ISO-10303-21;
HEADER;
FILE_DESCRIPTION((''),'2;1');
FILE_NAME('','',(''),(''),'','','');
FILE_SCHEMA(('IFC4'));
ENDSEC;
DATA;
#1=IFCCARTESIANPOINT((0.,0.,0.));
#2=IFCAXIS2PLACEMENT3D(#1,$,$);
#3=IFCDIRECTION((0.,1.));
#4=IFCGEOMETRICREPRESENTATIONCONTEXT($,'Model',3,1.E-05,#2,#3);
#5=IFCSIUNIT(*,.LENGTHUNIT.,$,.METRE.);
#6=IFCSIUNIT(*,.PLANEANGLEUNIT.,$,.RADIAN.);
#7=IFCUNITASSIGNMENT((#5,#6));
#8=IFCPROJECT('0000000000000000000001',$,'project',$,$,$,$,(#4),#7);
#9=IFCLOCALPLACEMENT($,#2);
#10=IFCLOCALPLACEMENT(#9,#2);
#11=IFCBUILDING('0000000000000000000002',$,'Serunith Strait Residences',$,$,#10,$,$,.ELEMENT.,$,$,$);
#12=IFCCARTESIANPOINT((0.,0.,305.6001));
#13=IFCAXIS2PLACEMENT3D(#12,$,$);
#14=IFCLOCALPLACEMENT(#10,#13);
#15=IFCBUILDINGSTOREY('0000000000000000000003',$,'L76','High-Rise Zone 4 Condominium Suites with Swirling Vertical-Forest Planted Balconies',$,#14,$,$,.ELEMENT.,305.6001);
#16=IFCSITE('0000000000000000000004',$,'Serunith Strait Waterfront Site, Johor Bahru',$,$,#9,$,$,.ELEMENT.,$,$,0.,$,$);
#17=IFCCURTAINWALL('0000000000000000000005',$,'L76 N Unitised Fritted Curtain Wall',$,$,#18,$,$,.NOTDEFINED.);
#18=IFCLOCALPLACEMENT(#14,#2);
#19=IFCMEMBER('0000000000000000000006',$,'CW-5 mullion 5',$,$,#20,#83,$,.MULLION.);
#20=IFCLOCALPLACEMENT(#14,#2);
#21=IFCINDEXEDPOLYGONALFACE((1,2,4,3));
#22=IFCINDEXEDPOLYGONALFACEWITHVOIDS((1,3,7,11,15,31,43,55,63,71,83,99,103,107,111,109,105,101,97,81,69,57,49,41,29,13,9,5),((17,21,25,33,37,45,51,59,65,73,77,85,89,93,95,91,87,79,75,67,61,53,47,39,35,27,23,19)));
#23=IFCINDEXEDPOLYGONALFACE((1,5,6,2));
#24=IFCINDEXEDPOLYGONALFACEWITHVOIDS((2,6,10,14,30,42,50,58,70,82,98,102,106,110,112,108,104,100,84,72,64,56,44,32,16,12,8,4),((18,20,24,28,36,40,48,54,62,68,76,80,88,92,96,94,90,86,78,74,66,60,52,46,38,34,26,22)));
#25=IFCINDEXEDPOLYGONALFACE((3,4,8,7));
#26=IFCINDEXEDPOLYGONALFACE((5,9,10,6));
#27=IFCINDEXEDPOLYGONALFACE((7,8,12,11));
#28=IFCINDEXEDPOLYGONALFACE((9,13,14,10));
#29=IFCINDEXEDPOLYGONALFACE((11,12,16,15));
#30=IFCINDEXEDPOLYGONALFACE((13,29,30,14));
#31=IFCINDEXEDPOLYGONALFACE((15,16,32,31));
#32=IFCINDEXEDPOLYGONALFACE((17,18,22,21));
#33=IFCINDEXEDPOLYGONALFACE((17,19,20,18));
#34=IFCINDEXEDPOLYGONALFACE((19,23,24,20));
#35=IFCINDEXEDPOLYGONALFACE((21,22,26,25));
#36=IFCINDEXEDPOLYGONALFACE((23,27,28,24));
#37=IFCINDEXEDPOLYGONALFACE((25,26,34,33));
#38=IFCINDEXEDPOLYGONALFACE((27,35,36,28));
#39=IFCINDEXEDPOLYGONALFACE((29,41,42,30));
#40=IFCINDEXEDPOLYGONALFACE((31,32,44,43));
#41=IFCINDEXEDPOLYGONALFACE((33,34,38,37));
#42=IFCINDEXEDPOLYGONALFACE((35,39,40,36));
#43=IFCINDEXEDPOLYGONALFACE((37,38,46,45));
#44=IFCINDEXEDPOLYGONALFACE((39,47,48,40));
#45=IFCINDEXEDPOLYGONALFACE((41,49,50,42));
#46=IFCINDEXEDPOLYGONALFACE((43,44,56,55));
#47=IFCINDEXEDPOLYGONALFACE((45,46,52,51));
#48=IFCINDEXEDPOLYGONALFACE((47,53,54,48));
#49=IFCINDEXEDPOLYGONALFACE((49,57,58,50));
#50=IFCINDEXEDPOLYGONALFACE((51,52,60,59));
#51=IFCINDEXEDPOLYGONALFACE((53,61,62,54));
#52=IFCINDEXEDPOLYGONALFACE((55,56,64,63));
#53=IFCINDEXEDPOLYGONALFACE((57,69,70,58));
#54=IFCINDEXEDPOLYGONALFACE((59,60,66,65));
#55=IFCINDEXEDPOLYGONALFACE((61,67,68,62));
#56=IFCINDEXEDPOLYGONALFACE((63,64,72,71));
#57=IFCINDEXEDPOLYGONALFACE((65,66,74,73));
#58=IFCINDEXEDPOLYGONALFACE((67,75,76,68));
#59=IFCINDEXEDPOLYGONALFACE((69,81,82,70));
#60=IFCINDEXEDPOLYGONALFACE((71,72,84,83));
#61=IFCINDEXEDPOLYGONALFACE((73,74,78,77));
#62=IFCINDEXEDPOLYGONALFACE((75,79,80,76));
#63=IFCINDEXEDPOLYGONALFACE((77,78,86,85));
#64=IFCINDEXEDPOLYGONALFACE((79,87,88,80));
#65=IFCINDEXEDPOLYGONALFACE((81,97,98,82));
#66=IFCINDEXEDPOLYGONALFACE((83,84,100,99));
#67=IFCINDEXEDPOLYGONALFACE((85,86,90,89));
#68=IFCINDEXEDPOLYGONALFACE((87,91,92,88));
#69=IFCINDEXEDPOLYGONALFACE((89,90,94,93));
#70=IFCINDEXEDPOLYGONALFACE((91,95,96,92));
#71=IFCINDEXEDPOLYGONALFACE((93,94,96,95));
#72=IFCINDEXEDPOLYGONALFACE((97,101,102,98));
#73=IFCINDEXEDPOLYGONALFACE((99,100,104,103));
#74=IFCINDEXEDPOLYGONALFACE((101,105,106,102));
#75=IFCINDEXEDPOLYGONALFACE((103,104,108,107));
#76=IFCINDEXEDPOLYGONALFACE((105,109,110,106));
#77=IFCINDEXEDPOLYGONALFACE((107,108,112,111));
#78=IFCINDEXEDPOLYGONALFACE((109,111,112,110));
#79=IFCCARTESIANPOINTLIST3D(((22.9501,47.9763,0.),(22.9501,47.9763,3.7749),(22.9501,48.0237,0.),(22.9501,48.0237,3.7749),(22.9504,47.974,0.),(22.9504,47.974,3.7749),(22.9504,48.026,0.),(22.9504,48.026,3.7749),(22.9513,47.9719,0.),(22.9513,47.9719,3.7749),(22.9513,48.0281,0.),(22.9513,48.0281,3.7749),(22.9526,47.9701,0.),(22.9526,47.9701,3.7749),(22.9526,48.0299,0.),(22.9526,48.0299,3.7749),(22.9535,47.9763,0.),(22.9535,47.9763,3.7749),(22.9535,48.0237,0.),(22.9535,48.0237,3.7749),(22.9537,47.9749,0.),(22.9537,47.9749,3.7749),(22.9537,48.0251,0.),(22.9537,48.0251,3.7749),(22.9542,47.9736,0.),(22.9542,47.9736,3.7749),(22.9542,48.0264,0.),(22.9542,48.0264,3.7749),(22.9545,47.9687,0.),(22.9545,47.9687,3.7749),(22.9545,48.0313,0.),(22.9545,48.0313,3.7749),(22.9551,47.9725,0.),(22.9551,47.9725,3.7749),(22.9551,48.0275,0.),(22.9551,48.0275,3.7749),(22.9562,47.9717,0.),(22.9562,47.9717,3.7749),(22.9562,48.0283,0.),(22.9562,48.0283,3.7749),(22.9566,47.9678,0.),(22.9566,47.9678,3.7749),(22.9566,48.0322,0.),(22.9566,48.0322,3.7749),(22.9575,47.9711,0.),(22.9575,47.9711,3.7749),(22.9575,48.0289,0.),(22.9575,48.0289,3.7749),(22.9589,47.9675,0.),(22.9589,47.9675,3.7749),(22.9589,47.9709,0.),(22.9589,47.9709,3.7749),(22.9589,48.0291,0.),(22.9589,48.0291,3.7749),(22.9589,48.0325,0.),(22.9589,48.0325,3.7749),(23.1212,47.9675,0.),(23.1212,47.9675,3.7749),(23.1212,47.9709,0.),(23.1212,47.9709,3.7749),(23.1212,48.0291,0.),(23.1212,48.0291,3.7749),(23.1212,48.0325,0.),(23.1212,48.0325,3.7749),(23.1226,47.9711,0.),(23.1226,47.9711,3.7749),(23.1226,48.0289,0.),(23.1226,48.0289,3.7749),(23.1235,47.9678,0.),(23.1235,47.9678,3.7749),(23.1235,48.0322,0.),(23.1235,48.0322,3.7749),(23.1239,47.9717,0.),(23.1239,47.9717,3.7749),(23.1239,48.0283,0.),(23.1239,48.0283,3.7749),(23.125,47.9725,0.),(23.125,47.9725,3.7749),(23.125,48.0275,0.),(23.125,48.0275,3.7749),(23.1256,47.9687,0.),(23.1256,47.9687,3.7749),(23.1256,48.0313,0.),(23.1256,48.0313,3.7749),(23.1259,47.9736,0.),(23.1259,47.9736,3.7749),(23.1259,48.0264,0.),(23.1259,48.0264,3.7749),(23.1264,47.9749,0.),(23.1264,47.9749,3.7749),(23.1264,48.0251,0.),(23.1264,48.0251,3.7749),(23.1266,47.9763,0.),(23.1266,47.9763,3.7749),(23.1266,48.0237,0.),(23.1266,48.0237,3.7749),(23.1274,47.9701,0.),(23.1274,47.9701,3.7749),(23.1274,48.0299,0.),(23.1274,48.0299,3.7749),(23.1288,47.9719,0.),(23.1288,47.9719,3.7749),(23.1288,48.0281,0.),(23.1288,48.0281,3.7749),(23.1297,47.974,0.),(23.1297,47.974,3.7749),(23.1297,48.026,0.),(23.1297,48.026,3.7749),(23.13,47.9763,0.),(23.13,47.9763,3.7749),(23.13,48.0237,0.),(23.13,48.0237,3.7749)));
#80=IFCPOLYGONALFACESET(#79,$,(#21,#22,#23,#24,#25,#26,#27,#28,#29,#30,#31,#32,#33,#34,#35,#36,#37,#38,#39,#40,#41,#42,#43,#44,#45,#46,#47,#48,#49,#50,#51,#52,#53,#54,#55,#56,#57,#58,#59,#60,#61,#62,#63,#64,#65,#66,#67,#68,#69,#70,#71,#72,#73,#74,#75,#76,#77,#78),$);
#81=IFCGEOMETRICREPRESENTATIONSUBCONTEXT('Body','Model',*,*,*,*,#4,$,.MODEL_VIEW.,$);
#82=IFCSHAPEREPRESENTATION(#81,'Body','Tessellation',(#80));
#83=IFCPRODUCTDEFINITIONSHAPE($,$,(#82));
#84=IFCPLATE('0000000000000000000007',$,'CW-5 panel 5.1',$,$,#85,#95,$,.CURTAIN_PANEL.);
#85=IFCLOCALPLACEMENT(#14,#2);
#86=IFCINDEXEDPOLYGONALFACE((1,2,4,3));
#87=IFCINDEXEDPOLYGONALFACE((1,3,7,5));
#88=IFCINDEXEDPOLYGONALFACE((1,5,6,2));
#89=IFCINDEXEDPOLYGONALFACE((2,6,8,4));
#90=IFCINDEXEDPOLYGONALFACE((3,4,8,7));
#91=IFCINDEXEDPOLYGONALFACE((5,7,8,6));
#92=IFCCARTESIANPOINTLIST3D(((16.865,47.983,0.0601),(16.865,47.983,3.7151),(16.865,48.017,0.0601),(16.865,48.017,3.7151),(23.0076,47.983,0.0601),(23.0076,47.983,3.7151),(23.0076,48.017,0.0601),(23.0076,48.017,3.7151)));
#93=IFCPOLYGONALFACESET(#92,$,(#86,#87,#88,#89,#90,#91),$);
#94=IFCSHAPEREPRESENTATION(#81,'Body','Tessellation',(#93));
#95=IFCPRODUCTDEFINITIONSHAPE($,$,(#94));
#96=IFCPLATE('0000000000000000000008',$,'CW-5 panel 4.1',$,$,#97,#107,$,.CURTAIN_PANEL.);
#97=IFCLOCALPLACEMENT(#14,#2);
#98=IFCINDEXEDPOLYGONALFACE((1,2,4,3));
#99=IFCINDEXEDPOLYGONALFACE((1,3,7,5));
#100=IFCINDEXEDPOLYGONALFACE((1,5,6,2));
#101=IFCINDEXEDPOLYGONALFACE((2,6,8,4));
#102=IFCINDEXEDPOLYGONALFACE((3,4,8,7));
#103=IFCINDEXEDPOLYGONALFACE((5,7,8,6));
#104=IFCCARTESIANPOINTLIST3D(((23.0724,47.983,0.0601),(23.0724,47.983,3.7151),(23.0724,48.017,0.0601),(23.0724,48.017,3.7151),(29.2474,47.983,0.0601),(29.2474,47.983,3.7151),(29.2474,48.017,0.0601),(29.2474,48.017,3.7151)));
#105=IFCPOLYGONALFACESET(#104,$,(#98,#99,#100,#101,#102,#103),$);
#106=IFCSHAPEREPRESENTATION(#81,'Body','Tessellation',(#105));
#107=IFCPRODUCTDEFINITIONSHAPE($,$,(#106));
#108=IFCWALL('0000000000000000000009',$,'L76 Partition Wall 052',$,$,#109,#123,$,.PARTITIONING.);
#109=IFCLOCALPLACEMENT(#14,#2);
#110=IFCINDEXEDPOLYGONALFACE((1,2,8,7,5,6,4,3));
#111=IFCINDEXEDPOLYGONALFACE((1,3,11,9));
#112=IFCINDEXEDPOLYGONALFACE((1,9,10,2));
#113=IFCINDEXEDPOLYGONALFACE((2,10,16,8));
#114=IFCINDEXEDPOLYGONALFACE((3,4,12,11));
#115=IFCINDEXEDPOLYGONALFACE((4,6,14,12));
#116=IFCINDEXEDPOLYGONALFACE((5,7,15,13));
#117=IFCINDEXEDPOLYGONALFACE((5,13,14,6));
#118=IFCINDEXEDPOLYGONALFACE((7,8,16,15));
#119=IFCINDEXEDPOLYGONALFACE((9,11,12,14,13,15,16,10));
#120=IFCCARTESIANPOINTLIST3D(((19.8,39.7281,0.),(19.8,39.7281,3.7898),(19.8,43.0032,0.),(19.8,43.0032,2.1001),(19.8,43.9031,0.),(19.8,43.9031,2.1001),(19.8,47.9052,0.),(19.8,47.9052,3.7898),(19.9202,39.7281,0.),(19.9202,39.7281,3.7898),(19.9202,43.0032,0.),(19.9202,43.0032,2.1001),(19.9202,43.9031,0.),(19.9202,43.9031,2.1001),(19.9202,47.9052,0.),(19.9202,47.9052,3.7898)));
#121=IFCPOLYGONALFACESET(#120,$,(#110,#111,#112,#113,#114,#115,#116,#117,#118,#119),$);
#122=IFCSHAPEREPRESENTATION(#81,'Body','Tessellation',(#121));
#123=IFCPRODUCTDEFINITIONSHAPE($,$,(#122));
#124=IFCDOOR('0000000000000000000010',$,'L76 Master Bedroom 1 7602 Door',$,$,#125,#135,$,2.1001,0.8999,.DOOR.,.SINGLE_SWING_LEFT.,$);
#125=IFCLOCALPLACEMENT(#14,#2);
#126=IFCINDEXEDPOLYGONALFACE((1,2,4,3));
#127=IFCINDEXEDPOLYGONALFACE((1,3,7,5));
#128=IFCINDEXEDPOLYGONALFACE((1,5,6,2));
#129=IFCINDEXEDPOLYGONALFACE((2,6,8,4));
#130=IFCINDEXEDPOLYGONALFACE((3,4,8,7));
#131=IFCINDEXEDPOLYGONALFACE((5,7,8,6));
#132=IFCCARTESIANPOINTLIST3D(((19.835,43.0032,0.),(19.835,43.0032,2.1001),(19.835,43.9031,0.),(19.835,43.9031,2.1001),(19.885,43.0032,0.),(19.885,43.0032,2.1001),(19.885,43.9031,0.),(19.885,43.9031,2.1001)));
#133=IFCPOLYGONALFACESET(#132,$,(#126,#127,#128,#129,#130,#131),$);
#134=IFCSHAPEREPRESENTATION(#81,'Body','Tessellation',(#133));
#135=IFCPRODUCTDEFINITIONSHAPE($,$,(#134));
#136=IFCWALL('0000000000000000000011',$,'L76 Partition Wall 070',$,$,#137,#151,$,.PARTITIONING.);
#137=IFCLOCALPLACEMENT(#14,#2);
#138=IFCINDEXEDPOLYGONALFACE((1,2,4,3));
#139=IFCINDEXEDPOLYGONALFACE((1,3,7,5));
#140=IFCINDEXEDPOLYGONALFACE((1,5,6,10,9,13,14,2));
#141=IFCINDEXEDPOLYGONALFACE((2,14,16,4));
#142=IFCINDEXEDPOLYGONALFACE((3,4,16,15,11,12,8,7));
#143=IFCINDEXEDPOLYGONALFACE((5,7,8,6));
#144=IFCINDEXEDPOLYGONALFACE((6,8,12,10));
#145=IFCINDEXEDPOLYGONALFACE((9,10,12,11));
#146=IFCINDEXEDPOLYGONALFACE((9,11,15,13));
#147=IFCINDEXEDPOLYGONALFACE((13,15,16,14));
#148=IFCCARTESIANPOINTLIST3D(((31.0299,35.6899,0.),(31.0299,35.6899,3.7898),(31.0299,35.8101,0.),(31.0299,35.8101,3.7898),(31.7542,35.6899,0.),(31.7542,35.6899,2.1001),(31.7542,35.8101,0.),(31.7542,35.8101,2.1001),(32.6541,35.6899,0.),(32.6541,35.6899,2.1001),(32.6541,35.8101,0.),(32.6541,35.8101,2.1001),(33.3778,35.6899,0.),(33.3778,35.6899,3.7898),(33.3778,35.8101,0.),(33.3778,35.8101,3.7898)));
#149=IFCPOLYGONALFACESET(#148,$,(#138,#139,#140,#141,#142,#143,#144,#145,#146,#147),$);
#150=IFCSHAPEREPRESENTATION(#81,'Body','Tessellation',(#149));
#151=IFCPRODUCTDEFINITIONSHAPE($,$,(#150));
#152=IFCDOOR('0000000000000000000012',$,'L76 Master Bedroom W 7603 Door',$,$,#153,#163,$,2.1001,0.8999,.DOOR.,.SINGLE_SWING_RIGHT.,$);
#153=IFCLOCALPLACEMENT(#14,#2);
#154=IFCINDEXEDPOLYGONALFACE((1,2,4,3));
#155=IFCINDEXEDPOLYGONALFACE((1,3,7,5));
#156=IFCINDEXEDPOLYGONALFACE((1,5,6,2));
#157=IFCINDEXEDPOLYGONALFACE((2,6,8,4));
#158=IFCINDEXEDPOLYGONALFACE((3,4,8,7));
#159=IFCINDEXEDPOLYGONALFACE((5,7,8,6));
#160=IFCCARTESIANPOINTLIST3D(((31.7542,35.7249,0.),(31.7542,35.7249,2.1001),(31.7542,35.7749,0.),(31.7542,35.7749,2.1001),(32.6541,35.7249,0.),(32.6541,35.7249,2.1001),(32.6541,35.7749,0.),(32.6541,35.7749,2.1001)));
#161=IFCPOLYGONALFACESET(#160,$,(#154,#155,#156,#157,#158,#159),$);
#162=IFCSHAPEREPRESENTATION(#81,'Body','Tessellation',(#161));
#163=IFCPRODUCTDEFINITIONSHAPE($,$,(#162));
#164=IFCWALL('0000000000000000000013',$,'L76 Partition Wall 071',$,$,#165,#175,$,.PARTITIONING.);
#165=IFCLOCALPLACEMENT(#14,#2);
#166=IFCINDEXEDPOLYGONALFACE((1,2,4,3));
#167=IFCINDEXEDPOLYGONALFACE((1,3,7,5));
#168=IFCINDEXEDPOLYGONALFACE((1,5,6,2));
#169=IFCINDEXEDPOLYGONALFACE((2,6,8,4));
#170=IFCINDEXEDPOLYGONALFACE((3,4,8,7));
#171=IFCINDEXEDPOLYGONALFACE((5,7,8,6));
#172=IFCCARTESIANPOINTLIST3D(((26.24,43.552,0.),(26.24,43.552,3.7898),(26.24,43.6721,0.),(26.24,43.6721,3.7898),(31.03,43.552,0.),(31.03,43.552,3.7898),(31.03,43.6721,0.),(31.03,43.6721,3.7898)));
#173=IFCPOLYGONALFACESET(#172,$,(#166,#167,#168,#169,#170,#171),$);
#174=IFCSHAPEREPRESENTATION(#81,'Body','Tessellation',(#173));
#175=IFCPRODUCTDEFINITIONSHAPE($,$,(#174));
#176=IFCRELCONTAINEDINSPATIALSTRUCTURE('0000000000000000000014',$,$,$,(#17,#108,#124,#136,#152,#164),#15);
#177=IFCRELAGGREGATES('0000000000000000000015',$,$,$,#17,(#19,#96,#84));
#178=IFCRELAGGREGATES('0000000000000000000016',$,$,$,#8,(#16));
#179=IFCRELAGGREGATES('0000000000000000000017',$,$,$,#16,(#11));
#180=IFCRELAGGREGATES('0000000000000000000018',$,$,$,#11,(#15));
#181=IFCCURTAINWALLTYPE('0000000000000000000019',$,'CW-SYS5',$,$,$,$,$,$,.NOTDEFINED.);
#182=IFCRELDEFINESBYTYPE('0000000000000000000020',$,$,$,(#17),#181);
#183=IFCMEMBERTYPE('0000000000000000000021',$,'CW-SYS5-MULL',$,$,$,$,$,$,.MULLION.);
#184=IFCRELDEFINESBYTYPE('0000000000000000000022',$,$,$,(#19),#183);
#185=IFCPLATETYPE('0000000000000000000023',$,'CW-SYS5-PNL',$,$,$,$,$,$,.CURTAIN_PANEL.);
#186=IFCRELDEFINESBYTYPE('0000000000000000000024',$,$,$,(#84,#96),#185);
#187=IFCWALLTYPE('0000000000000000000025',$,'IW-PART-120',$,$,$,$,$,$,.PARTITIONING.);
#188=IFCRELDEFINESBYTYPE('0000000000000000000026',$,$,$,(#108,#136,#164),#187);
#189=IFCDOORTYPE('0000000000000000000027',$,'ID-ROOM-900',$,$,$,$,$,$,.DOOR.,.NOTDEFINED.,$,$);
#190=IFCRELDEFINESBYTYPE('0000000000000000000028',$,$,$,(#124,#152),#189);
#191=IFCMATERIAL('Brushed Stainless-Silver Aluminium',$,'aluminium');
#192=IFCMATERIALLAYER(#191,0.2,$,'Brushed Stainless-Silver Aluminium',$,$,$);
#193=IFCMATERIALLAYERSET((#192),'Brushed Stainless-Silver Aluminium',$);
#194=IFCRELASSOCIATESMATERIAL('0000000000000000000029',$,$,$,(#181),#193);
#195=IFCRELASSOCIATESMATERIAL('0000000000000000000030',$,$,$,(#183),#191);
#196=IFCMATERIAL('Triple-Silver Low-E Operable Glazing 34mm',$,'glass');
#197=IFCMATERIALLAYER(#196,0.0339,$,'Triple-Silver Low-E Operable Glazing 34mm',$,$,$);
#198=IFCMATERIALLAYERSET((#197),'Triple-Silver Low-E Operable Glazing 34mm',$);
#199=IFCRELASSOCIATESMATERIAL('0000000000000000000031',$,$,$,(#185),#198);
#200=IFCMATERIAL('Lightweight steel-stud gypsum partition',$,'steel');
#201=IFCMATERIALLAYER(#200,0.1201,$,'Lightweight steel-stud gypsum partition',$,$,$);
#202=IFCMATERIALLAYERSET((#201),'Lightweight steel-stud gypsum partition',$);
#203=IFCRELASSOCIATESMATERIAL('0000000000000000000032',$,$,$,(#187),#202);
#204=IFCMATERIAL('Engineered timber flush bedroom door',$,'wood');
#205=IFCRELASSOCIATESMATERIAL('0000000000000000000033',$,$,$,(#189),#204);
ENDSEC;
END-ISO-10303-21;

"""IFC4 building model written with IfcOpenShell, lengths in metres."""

from ifc_helpers import new_model, si_unit, direction, frame, frame_2d, origin, origin_2d, place, context, subcontext, project, spatial, rectangle, hollow_rectangle, extrude, source, transform, mapped, material, layer, layer_set, material_profile, profile_set, type_object, element, fill, aggregate, save


model = new_model("IFC4")

# Units and contexts
model_context = context("Model", 3, precision=1e-05, world=origin(), true_north=direction((0.0, 1.0)))
body_context = subcontext(model_context, "Body", "Model", "MODEL_VIEW")
ifc_project = project(units=[si_unit("LENGTHUNIT", "METRE"), si_unit("PLANEANGLEUNIT", "RADIAN")], contexts=[model_context])

# Site, building, storey
site_placement = place(None, origin())
site = spatial("IfcSite", under=ifc_project, at=site_placement, Name="Serunith Strait Waterfront Site, Johor Bahru", CompositionType="ELEMENT", RefElevation=0.0)
building_placement = place(site_placement, origin())
building = spatial("IfcBuilding", under=site, at=building_placement, Name="Serunith Strait Residences", CompositionType="ELEMENT")
storey_placement = place(building_placement, frame((0.0, 0.0, 305.6001)))
storey = spatial("IfcBuildingStorey", under=building, at=storey_placement, Name="L76", Description="High-Rise Zone 4 Condominium Suites with Swirling Vertical-Forest Planted Balconies", CompositionType="ELEMENT", Elevation=305.6001)

# Curtain wall, member, plates
ifc_material_1 = material(Name="Brushed Stainless-Silver Aluminium", Category="aluminium")
ifc_layer_1 = layer(ifc_material_1, 0.2, Name="Brushed Stainless-Silver Aluminium")
ifc_layer_set_1 = layer_set([ifc_layer_1], Name="Brushed Stainless-Silver Aluminium")
curtain_wall_type = type_object("IfcCurtainWallType", Name="CW-SYS5", PredefinedType="NOTDEFINED", material=ifc_layer_set_1)
curtain_wall_placement = place(storey_placement, origin())
curtain_wall = element("IfcCurtainWall", 1, at=curtain_wall_placement, inside=storey, type_object=curtain_wall_type, Name="L76 N Unitised Fritted Curtain Wall", PredefinedType="NOTDEFINED")
ifc_material_profile_1 = material_profile(ifc_material_1, hollow_rectangle(XDim=0.0649, YDim=0.1799, WallThickness=0.0034, InnerFilletRadius=0.0054, OuterFilletRadius=0.0088, at=origin_2d()), Name="ALU 180x65x3.5")
ifc_profile_set_1 = profile_set([ifc_material_profile_1], Name="Brushed Stainless-Silver Aluminium")
member_type_1 = type_object("IfcMemberType", Name="CW-SYS5-MULL", PredefinedType="MULLION", material=ifc_profile_set_1)
shared_shape_1 = source(origin(), body_context, "Body", "SweptSolid", [
    extrude(hollow_rectangle(XDim=0.0649, YDim=0.1799, WallThickness=0.0034, InnerFilletRadius=0.0054, OuterFilletRadius=0.0088, at=origin_2d()), origin(), (0.0, 0.0, 1.0), 3.7749),
])
member_1_placement = place(storey_placement, frame((23.04, 48.0, 0.0), z_axis=(0.0, 0.0, 1.0), x_axis=(0.0, -1.0, 0.0)))
member_1 = element("IfcMember", 2, at=member_1_placement, type_object=member_type_1, Name="CW-5 mullion 5", PredefinedType="MULLION", context=body_context, shape_type="MappedRepresentation", body=[
    mapped(shared_shape_1, transform((0.0, 0.0, 0.0), scale=1.0)),
])
ifc_material_2 = material(Name="Triple-Silver Low-E Operable Glazing 34mm", Category="glass")
ifc_layer_2 = layer(ifc_material_2, 0.0339, Name="Triple-Silver Low-E Operable Glazing 34mm")
ifc_layer_set_2 = layer_set([ifc_layer_2], Name="Triple-Silver Low-E Operable Glazing 34mm")
plate_type = type_object("IfcPlateType", Name="CW-SYS5-PNL", PredefinedType="CURTAIN_PANEL", material=ifc_layer_set_2)
shared_shape_2 = source(origin(), body_context, "Body", "SweptSolid", [
    extrude(rectangle(XDim=6.1426, YDim=0.0339, at=origin_2d()), origin(), (0.0, 0.0, 1.0), 3.655),
])
plate_1_placement = place(storey_placement, frame((19.9363, 48.0, 0.0601), z_axis=(0.0, 0.0, 1.0), x_axis=(-1.0, 0.0, 0.0)))
plate_1 = element("IfcPlate", 3, at=plate_1_placement, type_object=plate_type, Name="CW-5 panel 5.1", PredefinedType="CURTAIN_PANEL", context=body_context, shape_type="MappedRepresentation", body=[
    mapped(shared_shape_2, transform((0.0, 0.0, 0.0), scale=1.0)),
])
shared_shape_3 = source(origin(), body_context, "Body", "SweptSolid", [
    extrude(rectangle(XDim=6.175, YDim=0.0339, at=origin_2d()), origin(), (0.0, 0.0, 1.0), 3.655),
])
plate_2_placement = place(storey_placement, frame((26.1599, 48.0, 0.0601), z_axis=(0.0, 0.0, 1.0), x_axis=(-1.0, 0.0, 0.0)))
plate_2 = element("IfcPlate", 4, at=plate_2_placement, type_object=plate_type, Name="CW-5 panel 4.1", PredefinedType="CURTAIN_PANEL", context=body_context, shape_type="MappedRepresentation", body=[
    mapped(shared_shape_3, transform((0.0, 0.0, 0.0), scale=1.0)),
])
aggregate(curtain_wall, [member_1, plate_2, plate_1])

# Walls, openings, doors
ifc_material_3 = material(Name="Lightweight steel-stud gypsum partition", Category="steel")
ifc_layer_3 = layer(ifc_material_3, 0.1201, Name="Lightweight steel-stud gypsum partition")
ifc_layer_set_3 = layer_set([ifc_layer_3], Name="Lightweight steel-stud gypsum partition")
wall_type_1 = type_object("IfcWallType", Name="IW-PART-120", PredefinedType="PARTITIONING", material=ifc_layer_set_3)
wall_1_placement = place(storey_placement, frame((19.8601, 47.905, 0.0), z_axis=(0.0, 0.0, 1.0), x_axis=(0.0, -1.0, 0.0)))
wall_1 = element("IfcWall", 5, at=wall_1_placement, inside=storey, type_object=wall_type_1, Name="L76 Partition Wall 052", PredefinedType="PARTITIONING", context=body_context, shape_type="SweptSolid", body=[
    extrude(rectangle(XDim=8.177, YDim=0.1201, at=frame_2d((4.0884, 0.0))), origin(), (0.0, 0.0, 1.0), 3.7898),
])
opening_1_placement = place(wall_1_placement, frame((4.002, 0.0, 0.0)))
opening_1 = element("IfcOpeningElement", 6, at=opening_1_placement, cuts=wall_1, PredefinedType="OPENING", context=body_context, shape_type="SweptSolid", body=[
    extrude(rectangle(XDim=0.8999, YDim=2.1001, at=frame_2d((0.45, 1.05))), frame((0.0, 0.0701, 0.0), z_axis=(0.0, -1.0, 0.0), x_axis=(1.0, 0.0, 0.0)), (0.0, 0.0, 1.0), 0.1401),
])
ifc_material_4 = material(Name="Engineered timber flush bedroom door", Category="wood")
door_type_1 = type_object("IfcDoorType", Name="ID-ROOM-900", OperationType="NOTDEFINED", PredefinedType="DOOR", material=ifc_material_4)
shared_shape_4 = source(origin(), body_context, "Body", "SweptSolid", [
    extrude(rectangle(XDim=0.8999, YDim=2.1001, at=frame_2d((0.45, 1.05))), frame((0.0, 0.0249, 0.0), z_axis=(0.0, -1.0, 0.0), x_axis=(1.0, 0.0, 0.0)), (0.0, 0.0, 1.0), 0.05),
])
door_1_placement = place(opening_1_placement, origin())
door_1 = element("IfcDoor", 7, at=door_1_placement, inside=storey, type_object=door_type_1, Name="L76 Master Bedroom 1 7602 Door", OperationType="SINGLE_SWING_LEFT", OverallHeight=2.1001, OverallWidth=0.8999, PredefinedType="DOOR", context=body_context, shape_type="MappedRepresentation", body=[
    mapped(shared_shape_4, transform((0.0, 0.0, 0.0), scale=1.0)),
])
fill(opening_1, door_1)
wall_2_placement = place(storey_placement, frame((31.03, 35.75, 0.0), z_axis=(0.0, 0.0, 1.0), x_axis=(1.0, 0.0, 0.0)))
wall_2 = element("IfcWall", 8, at=wall_2_placement, inside=storey, type_object=wall_type_1, Name="L76 Partition Wall 070", PredefinedType="PARTITIONING", context=body_context, shape_type="SweptSolid", body=[
    extrude(rectangle(XDim=2.3479, YDim=0.1201, at=frame_2d((1.1738, 0.0))), origin(), (0.0, 0.0, 1.0), 3.7898),
])
opening_2_placement = place(wall_2_placement, frame((0.7241, 0.0, 0.0)))
opening_2 = element("IfcOpeningElement", 9, at=opening_2_placement, cuts=wall_2, PredefinedType="OPENING", context=body_context, shape_type="SweptSolid", body=[
    extrude(rectangle(XDim=0.8999, YDim=2.1001, at=frame_2d((0.45, 1.05))), frame((0.0, 0.0701, 0.0), z_axis=(0.0, -1.0, 0.0), x_axis=(1.0, 0.0, 0.0)), (0.0, 0.0, 1.0), 0.1401),
])
door_2_placement = place(opening_2_placement, origin())
door_2 = element("IfcDoor", 10, at=door_2_placement, inside=storey, type_object=door_type_1, Name="L76 Master Bedroom W 7603 Door", OperationType="SINGLE_SWING_RIGHT", OverallHeight=2.1001, OverallWidth=0.8999, PredefinedType="DOOR", context=body_context, shape_type="MappedRepresentation", body=[
    mapped(shared_shape_4, transform((0.0, 0.0, 0.0), scale=1.0)),
])
fill(opening_2, door_2)

# Wall
for number, where, z_axis, x_axis, name in (
    (11, (26.24, 43.6121, 0.0), (0.0, 0.0, 1.0), (1.0, 0.0, 0.0), "L76 Partition Wall 071"),
):
    element("IfcWall", number, at=place(storey_placement, frame(where, z_axis=z_axis, x_axis=x_axis)), inside=storey, type_object=wall_type_1, Name=name, PredefinedType="PARTITIONING", context=body_context, shape_type="SweptSolid", body=[
        extrude(rectangle(XDim=4.79, YDim=0.1201, at=frame_2d((2.395, 0.0))), origin(), (0.0, 0.0, 1.0), 3.7898),
    ])

save(model, "model.ifc")
